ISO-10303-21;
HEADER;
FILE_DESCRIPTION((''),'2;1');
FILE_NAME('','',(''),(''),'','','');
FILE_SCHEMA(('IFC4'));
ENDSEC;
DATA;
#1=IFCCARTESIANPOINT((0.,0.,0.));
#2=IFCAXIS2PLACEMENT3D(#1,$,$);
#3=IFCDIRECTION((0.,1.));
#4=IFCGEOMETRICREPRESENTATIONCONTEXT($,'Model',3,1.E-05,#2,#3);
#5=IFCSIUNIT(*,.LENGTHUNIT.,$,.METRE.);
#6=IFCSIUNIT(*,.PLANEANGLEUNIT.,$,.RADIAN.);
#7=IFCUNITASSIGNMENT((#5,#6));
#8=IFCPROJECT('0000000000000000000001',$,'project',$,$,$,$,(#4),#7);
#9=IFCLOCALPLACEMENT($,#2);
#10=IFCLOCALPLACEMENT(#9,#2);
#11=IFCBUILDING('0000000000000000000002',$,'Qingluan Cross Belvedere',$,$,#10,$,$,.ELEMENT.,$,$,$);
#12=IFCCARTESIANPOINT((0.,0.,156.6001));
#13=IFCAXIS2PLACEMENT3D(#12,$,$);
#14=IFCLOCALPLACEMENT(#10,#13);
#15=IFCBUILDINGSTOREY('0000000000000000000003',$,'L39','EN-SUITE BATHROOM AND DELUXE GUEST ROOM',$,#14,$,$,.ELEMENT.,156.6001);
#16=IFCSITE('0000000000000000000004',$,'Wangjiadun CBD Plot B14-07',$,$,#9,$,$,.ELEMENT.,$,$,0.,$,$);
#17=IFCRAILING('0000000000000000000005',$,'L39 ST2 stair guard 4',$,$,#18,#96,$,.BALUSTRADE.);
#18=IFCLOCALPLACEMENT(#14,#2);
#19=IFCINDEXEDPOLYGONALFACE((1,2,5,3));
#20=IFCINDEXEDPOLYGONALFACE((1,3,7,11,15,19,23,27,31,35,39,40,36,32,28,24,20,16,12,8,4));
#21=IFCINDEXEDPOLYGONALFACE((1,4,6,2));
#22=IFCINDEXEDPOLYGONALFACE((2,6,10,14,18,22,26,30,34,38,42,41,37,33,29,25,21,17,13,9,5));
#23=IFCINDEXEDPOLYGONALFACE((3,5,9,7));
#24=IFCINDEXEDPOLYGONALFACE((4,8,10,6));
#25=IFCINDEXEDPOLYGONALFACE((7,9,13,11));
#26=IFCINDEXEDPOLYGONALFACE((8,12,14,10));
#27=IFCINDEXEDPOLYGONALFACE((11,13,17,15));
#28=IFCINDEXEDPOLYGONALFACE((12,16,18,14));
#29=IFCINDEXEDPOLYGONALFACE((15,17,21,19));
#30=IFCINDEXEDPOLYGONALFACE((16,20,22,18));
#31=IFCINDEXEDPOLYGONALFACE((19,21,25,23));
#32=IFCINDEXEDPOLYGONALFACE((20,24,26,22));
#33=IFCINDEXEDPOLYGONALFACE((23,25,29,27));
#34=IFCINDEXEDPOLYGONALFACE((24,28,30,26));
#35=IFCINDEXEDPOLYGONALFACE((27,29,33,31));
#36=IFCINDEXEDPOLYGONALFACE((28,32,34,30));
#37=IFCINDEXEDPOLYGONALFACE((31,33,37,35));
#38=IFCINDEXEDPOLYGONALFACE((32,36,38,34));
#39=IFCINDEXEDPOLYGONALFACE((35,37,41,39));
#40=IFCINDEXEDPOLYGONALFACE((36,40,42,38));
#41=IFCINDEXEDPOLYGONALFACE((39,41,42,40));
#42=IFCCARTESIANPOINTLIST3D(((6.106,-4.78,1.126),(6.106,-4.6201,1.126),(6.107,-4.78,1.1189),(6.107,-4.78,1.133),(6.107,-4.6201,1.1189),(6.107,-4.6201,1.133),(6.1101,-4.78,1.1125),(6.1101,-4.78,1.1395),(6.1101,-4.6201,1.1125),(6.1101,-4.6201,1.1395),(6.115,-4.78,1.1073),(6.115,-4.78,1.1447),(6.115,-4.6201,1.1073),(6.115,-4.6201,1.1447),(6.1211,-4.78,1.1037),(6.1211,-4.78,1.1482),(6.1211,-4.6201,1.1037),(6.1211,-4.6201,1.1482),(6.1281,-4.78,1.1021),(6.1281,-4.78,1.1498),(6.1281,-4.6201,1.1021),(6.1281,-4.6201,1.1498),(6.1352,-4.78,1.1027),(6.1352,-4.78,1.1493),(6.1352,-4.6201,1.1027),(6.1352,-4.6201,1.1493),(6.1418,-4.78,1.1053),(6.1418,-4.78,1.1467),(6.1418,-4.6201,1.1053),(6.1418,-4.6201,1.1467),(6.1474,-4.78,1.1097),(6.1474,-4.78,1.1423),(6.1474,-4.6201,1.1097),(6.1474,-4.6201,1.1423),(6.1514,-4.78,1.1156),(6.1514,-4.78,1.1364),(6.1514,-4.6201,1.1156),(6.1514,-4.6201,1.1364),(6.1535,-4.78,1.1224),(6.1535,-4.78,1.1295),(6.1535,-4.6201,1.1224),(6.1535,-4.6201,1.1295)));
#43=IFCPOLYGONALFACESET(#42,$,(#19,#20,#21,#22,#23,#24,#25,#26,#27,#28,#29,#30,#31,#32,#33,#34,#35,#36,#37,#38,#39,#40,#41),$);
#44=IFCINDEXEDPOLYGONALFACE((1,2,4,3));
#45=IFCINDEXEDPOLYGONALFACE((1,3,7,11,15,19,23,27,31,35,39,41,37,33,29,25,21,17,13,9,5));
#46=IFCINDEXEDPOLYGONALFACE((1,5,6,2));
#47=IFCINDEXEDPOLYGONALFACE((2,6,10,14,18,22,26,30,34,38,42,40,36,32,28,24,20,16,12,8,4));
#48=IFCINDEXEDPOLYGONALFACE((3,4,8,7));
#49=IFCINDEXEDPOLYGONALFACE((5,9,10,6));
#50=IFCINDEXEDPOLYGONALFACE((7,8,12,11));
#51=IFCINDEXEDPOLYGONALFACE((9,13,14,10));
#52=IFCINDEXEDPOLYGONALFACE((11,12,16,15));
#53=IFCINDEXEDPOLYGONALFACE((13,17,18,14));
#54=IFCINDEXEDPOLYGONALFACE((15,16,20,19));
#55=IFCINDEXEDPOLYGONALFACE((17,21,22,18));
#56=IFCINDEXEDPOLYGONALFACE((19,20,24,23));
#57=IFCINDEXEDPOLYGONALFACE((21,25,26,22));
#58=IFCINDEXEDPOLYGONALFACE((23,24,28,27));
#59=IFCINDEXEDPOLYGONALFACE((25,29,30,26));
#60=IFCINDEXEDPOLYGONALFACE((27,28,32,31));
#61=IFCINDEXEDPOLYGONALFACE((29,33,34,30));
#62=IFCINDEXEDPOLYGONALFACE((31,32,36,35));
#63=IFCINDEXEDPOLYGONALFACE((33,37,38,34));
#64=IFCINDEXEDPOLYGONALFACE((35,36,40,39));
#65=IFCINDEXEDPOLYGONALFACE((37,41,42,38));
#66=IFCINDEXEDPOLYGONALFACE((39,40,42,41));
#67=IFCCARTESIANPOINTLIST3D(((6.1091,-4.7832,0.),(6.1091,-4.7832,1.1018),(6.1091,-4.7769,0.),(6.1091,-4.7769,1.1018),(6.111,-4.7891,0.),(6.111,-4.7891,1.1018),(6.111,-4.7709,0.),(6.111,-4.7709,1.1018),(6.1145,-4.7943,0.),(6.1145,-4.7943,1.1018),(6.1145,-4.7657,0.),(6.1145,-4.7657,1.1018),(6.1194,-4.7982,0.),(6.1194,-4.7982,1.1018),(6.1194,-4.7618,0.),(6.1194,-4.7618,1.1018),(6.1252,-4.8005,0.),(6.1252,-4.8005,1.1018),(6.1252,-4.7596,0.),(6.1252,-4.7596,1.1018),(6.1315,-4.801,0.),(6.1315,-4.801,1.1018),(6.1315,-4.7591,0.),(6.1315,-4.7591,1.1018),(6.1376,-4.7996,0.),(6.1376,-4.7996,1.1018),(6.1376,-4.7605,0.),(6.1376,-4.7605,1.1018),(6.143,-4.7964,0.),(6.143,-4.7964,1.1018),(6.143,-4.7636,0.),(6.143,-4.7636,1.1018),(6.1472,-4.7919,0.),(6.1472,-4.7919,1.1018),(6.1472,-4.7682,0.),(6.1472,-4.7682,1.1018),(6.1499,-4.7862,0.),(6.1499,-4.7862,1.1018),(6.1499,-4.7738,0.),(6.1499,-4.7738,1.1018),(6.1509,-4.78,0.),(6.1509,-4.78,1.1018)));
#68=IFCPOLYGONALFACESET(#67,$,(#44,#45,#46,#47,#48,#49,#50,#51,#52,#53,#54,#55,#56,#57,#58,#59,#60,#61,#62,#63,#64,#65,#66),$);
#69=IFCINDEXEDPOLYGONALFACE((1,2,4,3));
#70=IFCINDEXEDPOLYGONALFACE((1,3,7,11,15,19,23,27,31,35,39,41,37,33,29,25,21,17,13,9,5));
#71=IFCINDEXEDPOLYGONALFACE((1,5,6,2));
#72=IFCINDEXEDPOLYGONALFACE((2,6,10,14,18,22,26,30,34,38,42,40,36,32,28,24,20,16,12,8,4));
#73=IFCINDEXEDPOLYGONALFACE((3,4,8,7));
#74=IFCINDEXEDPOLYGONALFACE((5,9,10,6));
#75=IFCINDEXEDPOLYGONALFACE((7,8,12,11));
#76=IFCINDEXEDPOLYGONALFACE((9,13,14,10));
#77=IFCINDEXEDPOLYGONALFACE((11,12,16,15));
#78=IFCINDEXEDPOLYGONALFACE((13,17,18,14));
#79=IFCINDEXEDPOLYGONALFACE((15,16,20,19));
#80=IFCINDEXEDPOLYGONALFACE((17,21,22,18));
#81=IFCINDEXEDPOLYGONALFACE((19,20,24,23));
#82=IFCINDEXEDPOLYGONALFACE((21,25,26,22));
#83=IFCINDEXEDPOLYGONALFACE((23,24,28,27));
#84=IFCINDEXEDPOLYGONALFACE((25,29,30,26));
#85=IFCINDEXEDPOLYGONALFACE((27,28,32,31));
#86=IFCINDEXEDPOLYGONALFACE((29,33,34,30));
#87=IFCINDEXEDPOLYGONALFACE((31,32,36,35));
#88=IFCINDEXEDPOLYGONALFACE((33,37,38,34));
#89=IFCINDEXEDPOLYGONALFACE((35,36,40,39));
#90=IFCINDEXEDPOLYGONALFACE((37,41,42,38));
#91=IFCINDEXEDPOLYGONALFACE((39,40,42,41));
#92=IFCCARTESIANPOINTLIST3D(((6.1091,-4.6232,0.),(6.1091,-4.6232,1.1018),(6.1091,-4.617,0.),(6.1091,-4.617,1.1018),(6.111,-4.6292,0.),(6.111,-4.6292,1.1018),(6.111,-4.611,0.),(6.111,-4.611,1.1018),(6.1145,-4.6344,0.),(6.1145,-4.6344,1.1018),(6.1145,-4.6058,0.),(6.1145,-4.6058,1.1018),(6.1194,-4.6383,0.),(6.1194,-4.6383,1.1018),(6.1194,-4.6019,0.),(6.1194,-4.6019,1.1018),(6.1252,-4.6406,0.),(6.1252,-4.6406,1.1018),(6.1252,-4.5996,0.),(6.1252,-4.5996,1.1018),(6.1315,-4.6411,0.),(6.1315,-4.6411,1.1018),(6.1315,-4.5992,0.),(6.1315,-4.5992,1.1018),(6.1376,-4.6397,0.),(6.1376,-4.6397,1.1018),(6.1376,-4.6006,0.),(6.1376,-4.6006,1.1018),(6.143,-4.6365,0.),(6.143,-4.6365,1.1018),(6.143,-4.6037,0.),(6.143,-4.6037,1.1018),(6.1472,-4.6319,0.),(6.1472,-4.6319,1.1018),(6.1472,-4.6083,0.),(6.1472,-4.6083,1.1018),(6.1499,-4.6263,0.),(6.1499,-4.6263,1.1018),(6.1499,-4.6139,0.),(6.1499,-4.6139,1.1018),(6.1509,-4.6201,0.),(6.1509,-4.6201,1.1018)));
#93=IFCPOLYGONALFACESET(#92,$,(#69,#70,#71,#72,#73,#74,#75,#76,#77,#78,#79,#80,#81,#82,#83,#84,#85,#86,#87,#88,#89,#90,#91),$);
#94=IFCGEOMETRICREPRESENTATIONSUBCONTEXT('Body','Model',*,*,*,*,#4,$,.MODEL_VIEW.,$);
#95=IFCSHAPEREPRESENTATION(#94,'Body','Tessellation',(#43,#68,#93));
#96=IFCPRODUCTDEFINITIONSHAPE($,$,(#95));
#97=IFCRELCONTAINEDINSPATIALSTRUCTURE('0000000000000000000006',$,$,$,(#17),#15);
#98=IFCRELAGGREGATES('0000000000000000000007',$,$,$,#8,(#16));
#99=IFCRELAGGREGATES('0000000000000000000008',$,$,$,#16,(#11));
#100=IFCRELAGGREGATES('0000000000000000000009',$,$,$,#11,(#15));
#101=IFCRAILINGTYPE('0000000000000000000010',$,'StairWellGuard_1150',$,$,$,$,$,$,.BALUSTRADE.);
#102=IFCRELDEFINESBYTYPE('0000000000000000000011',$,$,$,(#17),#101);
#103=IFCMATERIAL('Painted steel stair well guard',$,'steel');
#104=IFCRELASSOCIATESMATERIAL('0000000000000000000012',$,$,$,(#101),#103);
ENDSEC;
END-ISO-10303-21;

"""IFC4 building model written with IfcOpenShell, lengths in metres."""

from ifc_helpers import new_model, si_unit, direction, frame, origin, origin_2d, place, context, subcontext, project, spatial, circle, extrude, material, type_object, element, save


model = new_model("IFC4")

# Units and contexts
model_context = context("Model", 3, precision=1e-05, world=origin(), true_north=direction((0.0, 1.0)))
body_context = subcontext(model_context, "Body", "Model", "MODEL_VIEW")
ifc_project = project(units=[si_unit("LENGTHUNIT", "METRE"), si_unit("PLANEANGLEUNIT", "RADIAN")], contexts=[model_context])

# Site, building, storey
site_placement = place(None, origin())
site = spatial("IfcSite", under=ifc_project, at=site_placement, Name="Wangjiadun CBD Plot B14-07", CompositionType="ELEMENT", RefElevation=0.0)
building_placement = place(site_placement, origin())
building = spatial("IfcBuilding", under=site, at=building_placement, Name="Qingluan Cross Belvedere", CompositionType="ELEMENT")
storey_placement = place(building_placement, frame((0.0, 0.0, 156.6001)))
storey = spatial("IfcBuildingStorey", under=building, at=storey_placement, Name="L39", Description="EN-SUITE BATHROOM AND DELUXE GUEST ROOM", CompositionType="ELEMENT", Elevation=156.6001)

# Railing
ifc_material_1 = material(Name="Painted steel stair well guard", Category="steel")
railing_type_1 = type_object("IfcRailingType", Name="StairWellGuard_1150", PredefinedType="BALUSTRADE", material=ifc_material_1)
railing_1_placement = place(storey_placement, frame((6.1299, -4.78, 0.0)))
element("IfcRailing", 1, at=railing_1_placement, inside=storey, type_object=railing_type_1, Name="L39 ST2 stair guard 4", PredefinedType="BALUSTRADE", context=body_context, shape_type="SweptSolid", body=[
    extrude(circle(Radius=0.0239, at=origin_2d()), frame((0.0, 0.0, 1.126), z_axis=(0.0, 1.0, 0.0), x_axis=(-1.0, 0.0, 0.0)), (0.0, 0.0, 1.0), 0.1599),
    extrude(circle(Radius=0.021, at=origin_2d()), origin(), (0.0, 0.0, 1.0), 1.1018),
    extrude(circle(Radius=0.021, at=origin_2d()), frame((0.0, 0.1599, 0.0)), (0.0, 0.0, 1.0), 1.1018),
])

save(model, "model.ifc")
